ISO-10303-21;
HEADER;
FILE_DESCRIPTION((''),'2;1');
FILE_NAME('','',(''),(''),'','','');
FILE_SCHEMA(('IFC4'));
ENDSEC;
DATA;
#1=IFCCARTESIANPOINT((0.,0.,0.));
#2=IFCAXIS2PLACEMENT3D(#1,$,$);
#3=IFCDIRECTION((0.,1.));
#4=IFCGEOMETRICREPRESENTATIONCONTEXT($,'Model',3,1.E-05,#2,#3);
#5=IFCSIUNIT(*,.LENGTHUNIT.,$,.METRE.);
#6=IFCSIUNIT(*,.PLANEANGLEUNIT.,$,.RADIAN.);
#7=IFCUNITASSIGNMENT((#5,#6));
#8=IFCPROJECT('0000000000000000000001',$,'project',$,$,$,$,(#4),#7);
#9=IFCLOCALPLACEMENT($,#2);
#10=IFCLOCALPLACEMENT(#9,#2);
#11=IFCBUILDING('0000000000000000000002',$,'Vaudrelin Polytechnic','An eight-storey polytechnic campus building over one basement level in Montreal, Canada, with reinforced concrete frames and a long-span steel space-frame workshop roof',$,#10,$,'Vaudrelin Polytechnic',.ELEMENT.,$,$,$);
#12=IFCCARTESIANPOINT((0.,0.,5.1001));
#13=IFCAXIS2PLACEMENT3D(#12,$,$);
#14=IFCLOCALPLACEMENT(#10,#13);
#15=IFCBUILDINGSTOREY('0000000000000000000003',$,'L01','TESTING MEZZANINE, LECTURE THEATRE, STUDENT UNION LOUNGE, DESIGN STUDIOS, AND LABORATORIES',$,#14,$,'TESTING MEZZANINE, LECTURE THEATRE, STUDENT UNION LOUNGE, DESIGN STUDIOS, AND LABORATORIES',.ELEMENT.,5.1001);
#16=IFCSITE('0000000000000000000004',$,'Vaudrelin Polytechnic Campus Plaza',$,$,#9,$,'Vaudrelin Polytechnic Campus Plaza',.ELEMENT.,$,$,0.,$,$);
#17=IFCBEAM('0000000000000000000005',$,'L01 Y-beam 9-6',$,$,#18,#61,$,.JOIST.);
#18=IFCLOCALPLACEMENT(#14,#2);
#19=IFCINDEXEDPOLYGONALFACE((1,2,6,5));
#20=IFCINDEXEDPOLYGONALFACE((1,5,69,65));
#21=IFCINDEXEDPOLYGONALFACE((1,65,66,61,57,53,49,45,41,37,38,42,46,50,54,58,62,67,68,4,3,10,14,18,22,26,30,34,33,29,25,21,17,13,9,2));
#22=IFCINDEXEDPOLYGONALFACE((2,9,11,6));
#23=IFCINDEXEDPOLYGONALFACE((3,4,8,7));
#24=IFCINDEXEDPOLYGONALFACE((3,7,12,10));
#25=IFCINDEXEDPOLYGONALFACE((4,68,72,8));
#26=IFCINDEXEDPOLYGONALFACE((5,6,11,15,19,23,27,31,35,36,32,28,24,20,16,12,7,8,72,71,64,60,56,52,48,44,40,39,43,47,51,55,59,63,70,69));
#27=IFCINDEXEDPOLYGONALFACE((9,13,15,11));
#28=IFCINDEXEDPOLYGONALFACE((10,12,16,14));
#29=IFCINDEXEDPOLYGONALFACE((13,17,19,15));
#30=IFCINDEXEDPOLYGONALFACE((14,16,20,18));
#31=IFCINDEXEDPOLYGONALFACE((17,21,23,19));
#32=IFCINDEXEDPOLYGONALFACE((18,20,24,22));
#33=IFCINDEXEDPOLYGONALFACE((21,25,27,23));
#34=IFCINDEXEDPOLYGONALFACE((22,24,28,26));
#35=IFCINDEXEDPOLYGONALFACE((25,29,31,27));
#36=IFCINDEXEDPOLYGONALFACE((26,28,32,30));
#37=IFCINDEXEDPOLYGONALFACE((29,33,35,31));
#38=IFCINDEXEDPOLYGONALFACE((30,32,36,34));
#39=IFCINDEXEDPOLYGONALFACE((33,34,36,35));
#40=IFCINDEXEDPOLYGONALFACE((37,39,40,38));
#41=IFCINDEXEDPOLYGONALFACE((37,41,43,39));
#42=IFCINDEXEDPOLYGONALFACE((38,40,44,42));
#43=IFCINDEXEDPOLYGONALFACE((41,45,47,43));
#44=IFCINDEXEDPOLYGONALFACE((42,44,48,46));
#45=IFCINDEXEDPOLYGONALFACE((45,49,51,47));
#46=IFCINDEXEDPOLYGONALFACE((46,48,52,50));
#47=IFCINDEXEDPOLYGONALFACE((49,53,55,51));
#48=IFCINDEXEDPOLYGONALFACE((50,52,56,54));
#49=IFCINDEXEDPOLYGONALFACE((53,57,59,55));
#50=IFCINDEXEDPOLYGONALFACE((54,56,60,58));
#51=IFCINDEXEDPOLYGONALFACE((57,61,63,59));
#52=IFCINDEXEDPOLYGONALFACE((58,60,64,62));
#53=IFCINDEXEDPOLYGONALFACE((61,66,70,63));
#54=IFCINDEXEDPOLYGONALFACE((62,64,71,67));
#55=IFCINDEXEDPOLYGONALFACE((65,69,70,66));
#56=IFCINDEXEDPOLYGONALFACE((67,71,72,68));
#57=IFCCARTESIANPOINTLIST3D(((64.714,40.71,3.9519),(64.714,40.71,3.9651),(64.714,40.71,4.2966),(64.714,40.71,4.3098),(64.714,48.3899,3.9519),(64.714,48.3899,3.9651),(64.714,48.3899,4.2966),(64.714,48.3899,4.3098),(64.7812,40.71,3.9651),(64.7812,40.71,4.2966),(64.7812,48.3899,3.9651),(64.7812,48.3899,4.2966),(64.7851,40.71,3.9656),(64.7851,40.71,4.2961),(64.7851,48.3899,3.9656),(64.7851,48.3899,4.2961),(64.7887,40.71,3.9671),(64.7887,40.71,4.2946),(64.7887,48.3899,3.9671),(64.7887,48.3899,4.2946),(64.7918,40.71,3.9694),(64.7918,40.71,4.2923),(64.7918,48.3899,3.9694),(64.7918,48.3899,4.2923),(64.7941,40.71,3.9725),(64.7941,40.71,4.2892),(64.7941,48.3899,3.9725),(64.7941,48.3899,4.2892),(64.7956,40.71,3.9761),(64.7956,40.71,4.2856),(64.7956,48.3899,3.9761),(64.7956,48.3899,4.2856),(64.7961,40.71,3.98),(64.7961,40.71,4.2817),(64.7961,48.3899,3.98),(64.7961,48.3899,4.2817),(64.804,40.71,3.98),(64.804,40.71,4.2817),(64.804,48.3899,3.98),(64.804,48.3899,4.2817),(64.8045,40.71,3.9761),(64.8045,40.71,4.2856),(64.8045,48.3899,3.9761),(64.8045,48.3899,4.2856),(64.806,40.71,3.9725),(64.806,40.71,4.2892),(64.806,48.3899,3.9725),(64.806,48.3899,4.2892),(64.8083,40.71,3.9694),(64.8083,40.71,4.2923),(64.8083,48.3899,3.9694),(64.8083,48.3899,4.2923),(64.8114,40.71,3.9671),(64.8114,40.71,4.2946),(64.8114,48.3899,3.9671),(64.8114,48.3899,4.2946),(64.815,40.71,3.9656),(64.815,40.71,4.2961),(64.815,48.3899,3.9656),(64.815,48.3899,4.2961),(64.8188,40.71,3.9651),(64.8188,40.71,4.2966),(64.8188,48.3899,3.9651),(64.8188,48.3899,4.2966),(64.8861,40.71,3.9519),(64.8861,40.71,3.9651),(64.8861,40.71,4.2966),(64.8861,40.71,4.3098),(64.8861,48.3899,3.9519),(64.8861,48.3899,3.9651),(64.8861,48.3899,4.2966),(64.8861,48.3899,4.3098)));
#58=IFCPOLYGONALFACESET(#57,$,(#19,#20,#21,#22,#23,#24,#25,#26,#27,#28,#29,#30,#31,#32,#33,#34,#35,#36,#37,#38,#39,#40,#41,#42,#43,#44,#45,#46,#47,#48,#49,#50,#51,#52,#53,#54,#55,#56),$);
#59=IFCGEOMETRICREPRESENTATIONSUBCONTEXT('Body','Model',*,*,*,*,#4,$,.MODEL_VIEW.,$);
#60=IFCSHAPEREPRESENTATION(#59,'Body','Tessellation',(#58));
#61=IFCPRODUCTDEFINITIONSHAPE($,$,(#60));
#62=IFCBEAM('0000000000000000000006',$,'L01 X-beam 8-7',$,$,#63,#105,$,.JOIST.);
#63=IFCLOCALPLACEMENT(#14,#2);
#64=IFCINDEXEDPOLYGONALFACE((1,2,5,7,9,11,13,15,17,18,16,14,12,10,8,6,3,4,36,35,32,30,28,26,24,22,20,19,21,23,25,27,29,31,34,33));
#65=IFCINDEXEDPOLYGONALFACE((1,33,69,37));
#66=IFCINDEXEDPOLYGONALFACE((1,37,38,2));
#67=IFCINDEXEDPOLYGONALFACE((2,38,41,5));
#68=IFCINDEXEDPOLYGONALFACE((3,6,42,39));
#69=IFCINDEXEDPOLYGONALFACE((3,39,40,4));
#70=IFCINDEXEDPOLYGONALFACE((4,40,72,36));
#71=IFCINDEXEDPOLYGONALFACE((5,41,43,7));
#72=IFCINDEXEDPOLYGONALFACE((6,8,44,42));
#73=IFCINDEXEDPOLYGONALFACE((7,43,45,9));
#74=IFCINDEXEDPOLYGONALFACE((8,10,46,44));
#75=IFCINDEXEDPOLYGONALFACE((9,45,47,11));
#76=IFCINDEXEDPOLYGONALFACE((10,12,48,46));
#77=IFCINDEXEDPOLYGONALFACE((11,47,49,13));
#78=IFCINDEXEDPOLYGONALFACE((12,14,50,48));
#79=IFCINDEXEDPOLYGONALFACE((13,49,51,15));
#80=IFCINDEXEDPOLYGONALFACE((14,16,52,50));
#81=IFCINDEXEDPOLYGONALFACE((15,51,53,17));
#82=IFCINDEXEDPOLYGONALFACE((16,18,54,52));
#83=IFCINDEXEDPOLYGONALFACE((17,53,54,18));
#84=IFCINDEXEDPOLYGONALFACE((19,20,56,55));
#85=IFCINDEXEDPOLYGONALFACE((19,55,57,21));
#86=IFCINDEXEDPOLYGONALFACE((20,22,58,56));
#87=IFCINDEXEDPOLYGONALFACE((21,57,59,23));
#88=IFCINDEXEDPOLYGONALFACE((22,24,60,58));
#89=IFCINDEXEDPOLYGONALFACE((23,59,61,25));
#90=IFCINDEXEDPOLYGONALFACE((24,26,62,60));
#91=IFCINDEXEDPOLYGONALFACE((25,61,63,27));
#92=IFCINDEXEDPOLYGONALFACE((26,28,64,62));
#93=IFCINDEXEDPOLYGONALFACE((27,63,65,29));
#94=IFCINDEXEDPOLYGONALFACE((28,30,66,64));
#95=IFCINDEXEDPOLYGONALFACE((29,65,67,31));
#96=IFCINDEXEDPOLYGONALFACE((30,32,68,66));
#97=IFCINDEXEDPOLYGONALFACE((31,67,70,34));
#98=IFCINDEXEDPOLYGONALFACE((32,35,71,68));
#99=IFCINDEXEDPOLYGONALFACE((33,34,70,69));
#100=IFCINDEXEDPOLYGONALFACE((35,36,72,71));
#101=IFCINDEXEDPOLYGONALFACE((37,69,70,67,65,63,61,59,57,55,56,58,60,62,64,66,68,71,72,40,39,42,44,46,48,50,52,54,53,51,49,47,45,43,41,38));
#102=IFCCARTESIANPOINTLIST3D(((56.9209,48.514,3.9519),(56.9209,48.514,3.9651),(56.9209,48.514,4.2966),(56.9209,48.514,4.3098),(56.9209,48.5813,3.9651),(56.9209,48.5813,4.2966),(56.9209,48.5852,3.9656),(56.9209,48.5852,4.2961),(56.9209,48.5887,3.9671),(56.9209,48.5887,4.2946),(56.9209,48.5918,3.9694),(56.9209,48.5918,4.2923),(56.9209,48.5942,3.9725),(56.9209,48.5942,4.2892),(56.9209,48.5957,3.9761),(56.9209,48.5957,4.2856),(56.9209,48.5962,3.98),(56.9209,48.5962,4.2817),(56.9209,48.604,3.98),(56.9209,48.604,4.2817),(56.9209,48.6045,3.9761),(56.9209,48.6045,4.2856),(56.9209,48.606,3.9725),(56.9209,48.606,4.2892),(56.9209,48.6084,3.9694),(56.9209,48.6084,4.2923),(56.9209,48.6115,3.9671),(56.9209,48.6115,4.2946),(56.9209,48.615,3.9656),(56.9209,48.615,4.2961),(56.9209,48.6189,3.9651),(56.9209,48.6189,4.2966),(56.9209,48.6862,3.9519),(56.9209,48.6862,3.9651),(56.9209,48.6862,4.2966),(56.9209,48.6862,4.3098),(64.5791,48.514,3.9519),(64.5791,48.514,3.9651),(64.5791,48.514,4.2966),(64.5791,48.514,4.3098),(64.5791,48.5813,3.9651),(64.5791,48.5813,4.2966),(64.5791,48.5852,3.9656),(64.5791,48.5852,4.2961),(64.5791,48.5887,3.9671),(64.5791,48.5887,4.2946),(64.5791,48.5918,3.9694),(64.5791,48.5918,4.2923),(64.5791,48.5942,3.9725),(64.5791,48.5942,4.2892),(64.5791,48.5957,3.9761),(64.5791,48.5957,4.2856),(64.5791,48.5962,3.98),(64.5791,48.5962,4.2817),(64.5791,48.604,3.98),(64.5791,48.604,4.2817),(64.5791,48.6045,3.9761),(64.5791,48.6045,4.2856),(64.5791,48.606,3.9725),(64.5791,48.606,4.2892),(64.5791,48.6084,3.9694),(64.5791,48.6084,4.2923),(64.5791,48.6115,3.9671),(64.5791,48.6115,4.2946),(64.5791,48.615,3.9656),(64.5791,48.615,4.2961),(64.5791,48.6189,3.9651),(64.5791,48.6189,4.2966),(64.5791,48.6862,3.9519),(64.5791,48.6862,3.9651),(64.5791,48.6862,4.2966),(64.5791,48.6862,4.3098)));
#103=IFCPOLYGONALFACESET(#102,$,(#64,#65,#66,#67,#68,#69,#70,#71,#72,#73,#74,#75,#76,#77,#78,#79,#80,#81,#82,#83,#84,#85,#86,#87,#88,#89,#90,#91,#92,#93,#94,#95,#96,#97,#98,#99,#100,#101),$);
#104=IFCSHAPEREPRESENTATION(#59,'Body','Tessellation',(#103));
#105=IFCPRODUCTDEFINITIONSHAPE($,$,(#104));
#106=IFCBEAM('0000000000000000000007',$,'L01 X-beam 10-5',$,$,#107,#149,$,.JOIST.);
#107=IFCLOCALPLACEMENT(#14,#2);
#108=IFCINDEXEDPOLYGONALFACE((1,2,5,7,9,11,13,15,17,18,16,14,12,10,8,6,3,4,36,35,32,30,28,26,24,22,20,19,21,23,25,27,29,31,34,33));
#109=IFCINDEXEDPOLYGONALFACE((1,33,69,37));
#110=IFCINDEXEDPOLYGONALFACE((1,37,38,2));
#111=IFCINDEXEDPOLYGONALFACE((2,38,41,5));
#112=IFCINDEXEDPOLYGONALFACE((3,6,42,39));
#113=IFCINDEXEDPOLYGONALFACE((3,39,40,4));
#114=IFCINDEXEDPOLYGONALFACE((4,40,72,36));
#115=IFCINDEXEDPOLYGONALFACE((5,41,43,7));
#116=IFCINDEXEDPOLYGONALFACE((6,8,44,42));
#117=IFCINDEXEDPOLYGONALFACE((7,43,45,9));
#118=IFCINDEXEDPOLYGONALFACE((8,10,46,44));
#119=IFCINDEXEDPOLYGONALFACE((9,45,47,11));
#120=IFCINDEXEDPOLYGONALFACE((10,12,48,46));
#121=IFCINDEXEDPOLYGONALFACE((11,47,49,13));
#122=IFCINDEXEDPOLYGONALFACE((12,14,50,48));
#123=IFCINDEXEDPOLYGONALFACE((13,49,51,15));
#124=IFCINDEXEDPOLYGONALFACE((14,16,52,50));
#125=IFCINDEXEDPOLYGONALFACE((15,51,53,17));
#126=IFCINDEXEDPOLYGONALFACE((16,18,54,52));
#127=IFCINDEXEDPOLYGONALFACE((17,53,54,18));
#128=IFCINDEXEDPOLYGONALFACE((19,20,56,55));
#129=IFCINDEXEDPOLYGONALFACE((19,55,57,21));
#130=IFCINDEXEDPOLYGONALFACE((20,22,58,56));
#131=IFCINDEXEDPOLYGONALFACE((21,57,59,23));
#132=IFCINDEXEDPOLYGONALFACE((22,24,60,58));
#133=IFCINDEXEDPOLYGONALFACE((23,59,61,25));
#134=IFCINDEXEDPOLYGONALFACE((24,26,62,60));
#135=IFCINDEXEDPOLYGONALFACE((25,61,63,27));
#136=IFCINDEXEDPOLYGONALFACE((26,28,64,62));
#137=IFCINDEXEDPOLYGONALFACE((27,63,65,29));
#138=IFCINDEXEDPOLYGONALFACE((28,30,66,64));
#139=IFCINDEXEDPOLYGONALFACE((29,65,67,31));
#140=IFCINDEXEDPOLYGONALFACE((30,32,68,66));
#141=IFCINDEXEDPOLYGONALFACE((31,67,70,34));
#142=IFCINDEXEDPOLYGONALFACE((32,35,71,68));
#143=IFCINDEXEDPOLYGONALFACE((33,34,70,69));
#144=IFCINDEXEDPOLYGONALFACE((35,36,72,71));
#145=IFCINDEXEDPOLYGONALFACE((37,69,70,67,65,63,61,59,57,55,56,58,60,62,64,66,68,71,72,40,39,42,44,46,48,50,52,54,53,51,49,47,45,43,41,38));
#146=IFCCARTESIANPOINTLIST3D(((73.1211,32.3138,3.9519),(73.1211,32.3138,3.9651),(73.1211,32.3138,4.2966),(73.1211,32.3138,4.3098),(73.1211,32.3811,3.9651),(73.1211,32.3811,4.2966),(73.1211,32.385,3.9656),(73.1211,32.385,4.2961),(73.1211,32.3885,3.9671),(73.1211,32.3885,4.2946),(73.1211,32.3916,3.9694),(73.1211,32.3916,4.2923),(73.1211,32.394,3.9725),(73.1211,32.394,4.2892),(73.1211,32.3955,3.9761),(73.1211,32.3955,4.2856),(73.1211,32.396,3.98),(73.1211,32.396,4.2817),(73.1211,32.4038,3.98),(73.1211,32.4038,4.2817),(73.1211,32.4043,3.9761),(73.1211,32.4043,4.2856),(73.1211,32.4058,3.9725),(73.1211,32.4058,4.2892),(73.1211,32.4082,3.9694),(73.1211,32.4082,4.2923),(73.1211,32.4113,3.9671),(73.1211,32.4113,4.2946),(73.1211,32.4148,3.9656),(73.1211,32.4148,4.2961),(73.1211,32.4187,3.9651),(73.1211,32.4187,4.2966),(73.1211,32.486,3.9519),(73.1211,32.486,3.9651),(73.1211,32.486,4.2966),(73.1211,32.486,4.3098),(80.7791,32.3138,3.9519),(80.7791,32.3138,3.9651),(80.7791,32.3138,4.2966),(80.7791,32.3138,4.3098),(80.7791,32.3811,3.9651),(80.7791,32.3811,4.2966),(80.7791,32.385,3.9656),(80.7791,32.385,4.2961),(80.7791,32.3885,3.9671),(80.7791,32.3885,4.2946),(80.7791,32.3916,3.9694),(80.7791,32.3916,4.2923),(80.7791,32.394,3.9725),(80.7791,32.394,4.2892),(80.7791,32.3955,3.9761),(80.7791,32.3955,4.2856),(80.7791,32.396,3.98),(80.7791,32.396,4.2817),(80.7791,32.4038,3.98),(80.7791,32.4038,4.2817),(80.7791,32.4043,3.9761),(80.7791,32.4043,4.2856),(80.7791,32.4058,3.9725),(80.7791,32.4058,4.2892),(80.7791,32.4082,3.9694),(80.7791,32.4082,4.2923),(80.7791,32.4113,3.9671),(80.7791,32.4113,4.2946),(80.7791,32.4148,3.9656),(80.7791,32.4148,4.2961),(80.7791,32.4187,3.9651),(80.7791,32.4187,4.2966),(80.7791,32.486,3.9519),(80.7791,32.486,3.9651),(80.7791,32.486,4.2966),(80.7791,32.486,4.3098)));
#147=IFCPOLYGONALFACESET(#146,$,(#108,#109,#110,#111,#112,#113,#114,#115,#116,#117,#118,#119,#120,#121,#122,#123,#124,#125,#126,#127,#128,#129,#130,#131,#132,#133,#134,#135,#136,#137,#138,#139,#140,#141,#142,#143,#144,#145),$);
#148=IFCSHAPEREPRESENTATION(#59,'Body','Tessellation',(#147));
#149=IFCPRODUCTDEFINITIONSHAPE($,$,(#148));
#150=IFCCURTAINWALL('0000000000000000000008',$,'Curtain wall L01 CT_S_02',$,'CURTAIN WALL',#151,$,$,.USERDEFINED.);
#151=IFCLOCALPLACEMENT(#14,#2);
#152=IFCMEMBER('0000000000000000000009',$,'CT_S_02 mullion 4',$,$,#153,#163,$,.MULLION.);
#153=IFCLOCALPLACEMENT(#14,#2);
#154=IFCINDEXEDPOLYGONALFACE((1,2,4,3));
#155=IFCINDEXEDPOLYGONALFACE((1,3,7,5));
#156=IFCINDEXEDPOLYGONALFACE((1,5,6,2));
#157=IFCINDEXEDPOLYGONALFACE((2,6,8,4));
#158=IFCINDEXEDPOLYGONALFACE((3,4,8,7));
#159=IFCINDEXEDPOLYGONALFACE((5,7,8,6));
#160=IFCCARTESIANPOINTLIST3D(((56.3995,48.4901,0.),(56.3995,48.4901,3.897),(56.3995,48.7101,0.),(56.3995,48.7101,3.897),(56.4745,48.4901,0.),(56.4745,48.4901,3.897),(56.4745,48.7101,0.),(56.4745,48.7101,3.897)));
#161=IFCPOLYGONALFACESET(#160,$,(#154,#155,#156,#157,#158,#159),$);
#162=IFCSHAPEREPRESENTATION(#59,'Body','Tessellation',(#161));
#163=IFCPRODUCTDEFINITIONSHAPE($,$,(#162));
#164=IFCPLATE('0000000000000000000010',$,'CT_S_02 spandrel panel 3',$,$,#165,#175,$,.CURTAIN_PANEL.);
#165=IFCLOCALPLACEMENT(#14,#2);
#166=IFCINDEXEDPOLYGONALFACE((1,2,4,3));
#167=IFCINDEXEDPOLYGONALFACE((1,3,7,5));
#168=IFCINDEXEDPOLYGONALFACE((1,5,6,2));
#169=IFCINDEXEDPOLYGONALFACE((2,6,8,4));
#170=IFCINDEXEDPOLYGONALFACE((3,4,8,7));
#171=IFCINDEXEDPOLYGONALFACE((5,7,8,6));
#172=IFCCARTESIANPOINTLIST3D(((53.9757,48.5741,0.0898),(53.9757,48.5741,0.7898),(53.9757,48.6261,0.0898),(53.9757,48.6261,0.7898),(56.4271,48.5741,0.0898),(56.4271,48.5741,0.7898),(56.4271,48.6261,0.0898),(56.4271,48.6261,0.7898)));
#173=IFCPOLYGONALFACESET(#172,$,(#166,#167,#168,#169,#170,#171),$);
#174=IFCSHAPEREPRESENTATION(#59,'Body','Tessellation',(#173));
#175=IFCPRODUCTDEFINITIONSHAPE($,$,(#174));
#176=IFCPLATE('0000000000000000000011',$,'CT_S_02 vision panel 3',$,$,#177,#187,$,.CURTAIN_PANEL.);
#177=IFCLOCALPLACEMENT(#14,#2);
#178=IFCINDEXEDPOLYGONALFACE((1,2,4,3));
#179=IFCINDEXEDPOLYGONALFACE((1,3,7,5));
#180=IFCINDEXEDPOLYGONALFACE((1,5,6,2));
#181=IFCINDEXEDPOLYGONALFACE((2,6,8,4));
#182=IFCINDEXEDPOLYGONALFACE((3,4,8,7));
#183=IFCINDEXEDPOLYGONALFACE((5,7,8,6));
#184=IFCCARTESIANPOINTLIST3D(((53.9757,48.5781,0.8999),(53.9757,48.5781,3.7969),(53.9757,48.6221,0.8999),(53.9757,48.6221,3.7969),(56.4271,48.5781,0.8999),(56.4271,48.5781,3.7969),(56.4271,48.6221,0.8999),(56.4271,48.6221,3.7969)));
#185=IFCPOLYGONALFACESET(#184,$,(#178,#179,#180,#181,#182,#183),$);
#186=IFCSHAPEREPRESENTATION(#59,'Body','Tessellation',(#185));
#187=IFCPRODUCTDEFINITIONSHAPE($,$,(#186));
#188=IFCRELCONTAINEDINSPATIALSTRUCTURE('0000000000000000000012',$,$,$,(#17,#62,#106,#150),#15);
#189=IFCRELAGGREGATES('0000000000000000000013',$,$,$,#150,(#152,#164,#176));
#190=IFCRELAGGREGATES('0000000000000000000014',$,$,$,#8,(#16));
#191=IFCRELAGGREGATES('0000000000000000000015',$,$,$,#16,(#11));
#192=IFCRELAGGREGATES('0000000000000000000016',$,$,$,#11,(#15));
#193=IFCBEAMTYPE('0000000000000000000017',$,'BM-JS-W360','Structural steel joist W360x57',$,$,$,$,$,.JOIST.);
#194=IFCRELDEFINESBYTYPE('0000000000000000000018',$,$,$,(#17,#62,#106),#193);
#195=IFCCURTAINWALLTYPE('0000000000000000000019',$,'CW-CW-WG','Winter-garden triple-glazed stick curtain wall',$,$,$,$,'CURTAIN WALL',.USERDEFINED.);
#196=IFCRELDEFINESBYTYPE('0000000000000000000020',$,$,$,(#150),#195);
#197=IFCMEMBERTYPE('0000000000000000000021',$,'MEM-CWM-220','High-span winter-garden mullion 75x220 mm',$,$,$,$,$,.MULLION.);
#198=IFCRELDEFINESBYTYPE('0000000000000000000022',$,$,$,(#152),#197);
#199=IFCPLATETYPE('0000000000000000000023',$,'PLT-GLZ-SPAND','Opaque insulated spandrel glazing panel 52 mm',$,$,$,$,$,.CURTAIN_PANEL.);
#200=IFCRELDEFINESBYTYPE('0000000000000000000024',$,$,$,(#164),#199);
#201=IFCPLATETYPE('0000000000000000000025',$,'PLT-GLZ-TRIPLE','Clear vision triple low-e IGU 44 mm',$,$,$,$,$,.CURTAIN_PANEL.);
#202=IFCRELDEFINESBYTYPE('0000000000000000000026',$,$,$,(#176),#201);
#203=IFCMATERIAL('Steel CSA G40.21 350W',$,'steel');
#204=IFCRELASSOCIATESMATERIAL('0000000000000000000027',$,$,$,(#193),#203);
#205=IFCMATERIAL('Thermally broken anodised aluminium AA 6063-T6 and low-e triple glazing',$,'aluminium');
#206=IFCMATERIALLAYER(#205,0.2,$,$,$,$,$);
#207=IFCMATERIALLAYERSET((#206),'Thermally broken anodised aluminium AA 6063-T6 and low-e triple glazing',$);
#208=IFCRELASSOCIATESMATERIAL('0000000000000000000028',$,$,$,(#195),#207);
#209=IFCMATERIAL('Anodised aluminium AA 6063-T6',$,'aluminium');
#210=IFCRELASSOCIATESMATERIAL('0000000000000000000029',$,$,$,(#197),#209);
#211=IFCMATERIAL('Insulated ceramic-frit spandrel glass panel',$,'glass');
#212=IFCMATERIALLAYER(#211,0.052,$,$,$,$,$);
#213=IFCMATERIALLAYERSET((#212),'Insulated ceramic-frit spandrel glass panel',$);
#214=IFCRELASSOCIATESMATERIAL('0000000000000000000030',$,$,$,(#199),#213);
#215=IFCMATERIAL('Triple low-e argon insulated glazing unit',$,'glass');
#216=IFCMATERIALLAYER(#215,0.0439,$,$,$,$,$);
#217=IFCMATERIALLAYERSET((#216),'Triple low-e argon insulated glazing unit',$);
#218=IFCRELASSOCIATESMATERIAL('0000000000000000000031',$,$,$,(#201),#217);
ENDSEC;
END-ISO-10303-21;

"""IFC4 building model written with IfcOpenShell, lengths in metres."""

from ifc_helpers import new_model, si_unit, direction, frame, origin, origin_2d, place, context, subcontext, project, spatial, rectangle, i_section, extrude, material, layer, layer_set, material_profile, profile_set, type_object, element, aggregate, save


model = new_model("IFC4")

# Units and contexts
model_context = context("Model", 3, precision=1e-05, world=origin(), true_north=direction((0.0, 1.0)))
body_context = subcontext(model_context, "Body", "Model", "MODEL_VIEW")
ifc_project = project(units=[si_unit("LENGTHUNIT", "METRE"), si_unit("PLANEANGLEUNIT", "RADIAN")], contexts=[model_context])

# Site, building, storey
site_placement = place(None, origin())
site = spatial("IfcSite", under=ifc_project, at=site_placement, Name="Vaudrelin Polytechnic Campus Plaza", LongName="Vaudrelin Polytechnic Campus Plaza", CompositionType="ELEMENT", RefElevation=0.0)
building_placement = place(site_placement, origin())
building = spatial("IfcBuilding", under=site, at=building_placement, Name="Vaudrelin Polytechnic", Description="An eight-storey polytechnic campus building over one basement level in Montreal, Canada, with reinforced concrete frames and a long-span steel space-frame workshop roof", LongName="Vaudrelin Polytechnic", CompositionType="ELEMENT")
storey_placement = place(building_placement, frame((0.0, 0.0, 5.1001)))
storey = spatial("IfcBuildingStorey", under=building, at=storey_placement, Name="L01", Description="TESTING MEZZANINE, LECTURE THEATRE, STUDENT UNION LOUNGE, DESIGN STUDIOS, AND LABORATORIES", LongName="TESTING MEZZANINE, LECTURE THEATRE, STUDENT UNION LOUNGE, DESIGN STUDIOS, AND LABORATORIES", CompositionType="ELEMENT", Elevation=5.1001)

# Beams
ifc_material_1 = material(Name="Steel CSA G40.21 350W", Category="steel")
ifc_material_profile_1 = material_profile(ifc_material_1, i_section(OverallWidth=0.1721, OverallDepth=0.3579, WebThickness=0.0078, FlangeThickness=0.0132, FilletRadius=0.0149, at=origin_2d()), Name="W360x57")
ifc_profile_set_1 = profile_set([ifc_material_profile_1], Name="Steel CSA G40.21 350W")
beam_type_1 = type_object("IfcBeamType", Name="BM-JS-W360", Description="Structural steel joist W360x57", PredefinedType="JOIST", material=ifc_profile_set_1)
beam_1_placement = place(storey_placement, frame((64.8, 40.71, 4.1309), z_axis=(0.0, 1.0, 0.0), x_axis=(-1.0, 0.0, 0.0)))
element("IfcBeam", 1, at=beam_1_placement, inside=storey, type_object=beam_type_1, Name="L01 Y-beam 9-6", PredefinedType="JOIST", context=body_context, shape_type="SweptSolid", body=[
    extrude(i_section(OverallWidth=0.1721, OverallDepth=0.3579, WebThickness=0.0078, FlangeThickness=0.0132, FilletRadius=0.0149, at=origin_2d()), origin(), (0.0, 0.0, 1.0), 7.6799),
])
beam_2_placement = place(storey_placement, frame((56.9209, 48.6001, 4.1309), z_axis=(1.0, 0.0, 0.0), x_axis=(0.0, 1.0, 0.0)))
element("IfcBeam", 2, at=beam_2_placement, inside=storey, type_object=beam_type_1, Name="L01 X-beam 8-7", PredefinedType="JOIST", context=body_context, shape_type="SweptSolid", body=[
    extrude(i_section(OverallWidth=0.1721, OverallDepth=0.3579, WebThickness=0.0078, FlangeThickness=0.0132, FilletRadius=0.0149, at=origin_2d()), origin(), (0.0, 0.0, 1.0), 7.6582),
])
beam_3_placement = place(storey_placement, frame((73.1211, 32.3999, 4.1309), z_axis=(1.0, 0.0, 0.0), x_axis=(0.0, 1.0, 0.0)))
element("IfcBeam", 3, at=beam_3_placement, inside=storey, type_object=beam_type_1, Name="L01 X-beam 10-5", PredefinedType="JOIST", context=body_context, shape_type="SweptSolid", body=[
    extrude(i_section(OverallWidth=0.1721, OverallDepth=0.3579, WebThickness=0.0078, FlangeThickness=0.0132, FilletRadius=0.0149, at=origin_2d()), origin(), (0.0, 0.0, 1.0), 7.658),
])

# Curtain wall, member, plates
ifc_material_2 = material(Name="Thermally broken anodised aluminium AA 6063-T6 and low-e triple glazing", Category="aluminium")
ifc_layer_1 = layer(ifc_material_2, 0.2)
ifc_layer_set_1 = layer_set([ifc_layer_1], Name="Thermally broken anodised aluminium AA 6063-T6 and low-e triple glazing")
curtain_wall_type = type_object("IfcCurtainWallType", Name="CW-CW-WG", Description="Winter-garden triple-glazed stick curtain wall", ElementType="CURTAIN WALL", PredefinedType="USERDEFINED", material=ifc_layer_set_1)
curtain_wall_placement = place(storey_placement, origin())
curtain_wall = element("IfcCurtainWall", 4, at=curtain_wall_placement, inside=storey, type_object=curtain_wall_type, Name="Curtain wall L01 CT_S_02", ObjectType="CURTAIN WALL", PredefinedType="USERDEFINED")
ifc_material_3 = material(Name="Anodised aluminium AA 6063-T6", Category="aluminium")
ifc_material_profile_2 = material_profile(ifc_material_3, rectangle(XDim=0.075, YDim=0.22, at=origin_2d()), Name="CWM-75x220")
ifc_profile_set_2 = profile_set([ifc_material_profile_2], Name="Anodised aluminium AA 6063-T6")
member_type = type_object("IfcMemberType", Name="MEM-CWM-220", Description="High-span winter-garden mullion 75x220 mm", PredefinedType="MULLION", material=ifc_profile_set_2)
member_placement = place(storey_placement, frame((56.437, 48.6001, 0.0), z_axis=(0.0, 0.0, 1.0), x_axis=(1.0, 0.0, 0.0)))
member = element("IfcMember", 5, at=member_placement, type_object=member_type, Name="CT_S_02 mullion 4", PredefinedType="MULLION", context=body_context, shape_type="SweptSolid", body=[
    extrude(rectangle(XDim=0.075, YDim=0.22, at=origin_2d()), origin(), (0.0, 0.0, 1.0), 3.897),
])
ifc_material_4 = material(Name="Insulated ceramic-frit spandrel glass panel", Category="glass")
ifc_layer_2 = layer(ifc_material_4, 0.052)
ifc_layer_set_2 = layer_set([ifc_layer_2], Name="Insulated ceramic-frit spandrel glass panel")
plate_type_1 = type_object("IfcPlateType", Name="PLT-GLZ-SPAND", Description="Opaque insulated spandrel glazing panel 52 mm", PredefinedType="CURTAIN_PANEL", material=ifc_layer_set_2)
plate_1_placement = place(storey_placement, frame((55.2014, 48.6001, 0.0898), z_axis=(0.0, 0.0, 1.0), x_axis=(1.0, 0.0, 0.0)))
plate_1 = element("IfcPlate", 6, at=plate_1_placement, type_object=plate_type_1, Name="CT_S_02 spandrel panel 3", PredefinedType="CURTAIN_PANEL", context=body_context, shape_type="SweptSolid", body=[
    extrude(rectangle(XDim=2.4514, YDim=0.052, at=origin_2d()), origin(), (0.0, 0.0, 1.0), 0.7),
])
ifc_material_5 = material(Name="Triple low-e argon insulated glazing unit", Category="glass")
ifc_layer_3 = layer(ifc_material_5, 0.0439)
ifc_layer_set_3 = layer_set([ifc_layer_3], Name="Triple low-e argon insulated glazing unit")
plate_type_2 = type_object("IfcPlateType", Name="PLT-GLZ-TRIPLE", Description="Clear vision triple low-e IGU 44 mm", PredefinedType="CURTAIN_PANEL", material=ifc_layer_set_3)
plate_2_placement = place(storey_placement, frame((55.2014, 48.6001, 0.8999), z_axis=(0.0, 0.0, 1.0), x_axis=(1.0, 0.0, 0.0)))
plate_2 = element("IfcPlate", 7, at=plate_2_placement, type_object=plate_type_2, Name="CT_S_02 vision panel 3", PredefinedType="CURTAIN_PANEL", context=body_context, shape_type="SweptSolid", body=[
    extrude(rectangle(XDim=2.4514, YDim=0.0439, at=origin_2d()), origin(), (0.0, 0.0, 1.0), 2.897),
])
aggregate(curtain_wall, [member, plate_1, plate_2])

save(model, "model.ifc")
